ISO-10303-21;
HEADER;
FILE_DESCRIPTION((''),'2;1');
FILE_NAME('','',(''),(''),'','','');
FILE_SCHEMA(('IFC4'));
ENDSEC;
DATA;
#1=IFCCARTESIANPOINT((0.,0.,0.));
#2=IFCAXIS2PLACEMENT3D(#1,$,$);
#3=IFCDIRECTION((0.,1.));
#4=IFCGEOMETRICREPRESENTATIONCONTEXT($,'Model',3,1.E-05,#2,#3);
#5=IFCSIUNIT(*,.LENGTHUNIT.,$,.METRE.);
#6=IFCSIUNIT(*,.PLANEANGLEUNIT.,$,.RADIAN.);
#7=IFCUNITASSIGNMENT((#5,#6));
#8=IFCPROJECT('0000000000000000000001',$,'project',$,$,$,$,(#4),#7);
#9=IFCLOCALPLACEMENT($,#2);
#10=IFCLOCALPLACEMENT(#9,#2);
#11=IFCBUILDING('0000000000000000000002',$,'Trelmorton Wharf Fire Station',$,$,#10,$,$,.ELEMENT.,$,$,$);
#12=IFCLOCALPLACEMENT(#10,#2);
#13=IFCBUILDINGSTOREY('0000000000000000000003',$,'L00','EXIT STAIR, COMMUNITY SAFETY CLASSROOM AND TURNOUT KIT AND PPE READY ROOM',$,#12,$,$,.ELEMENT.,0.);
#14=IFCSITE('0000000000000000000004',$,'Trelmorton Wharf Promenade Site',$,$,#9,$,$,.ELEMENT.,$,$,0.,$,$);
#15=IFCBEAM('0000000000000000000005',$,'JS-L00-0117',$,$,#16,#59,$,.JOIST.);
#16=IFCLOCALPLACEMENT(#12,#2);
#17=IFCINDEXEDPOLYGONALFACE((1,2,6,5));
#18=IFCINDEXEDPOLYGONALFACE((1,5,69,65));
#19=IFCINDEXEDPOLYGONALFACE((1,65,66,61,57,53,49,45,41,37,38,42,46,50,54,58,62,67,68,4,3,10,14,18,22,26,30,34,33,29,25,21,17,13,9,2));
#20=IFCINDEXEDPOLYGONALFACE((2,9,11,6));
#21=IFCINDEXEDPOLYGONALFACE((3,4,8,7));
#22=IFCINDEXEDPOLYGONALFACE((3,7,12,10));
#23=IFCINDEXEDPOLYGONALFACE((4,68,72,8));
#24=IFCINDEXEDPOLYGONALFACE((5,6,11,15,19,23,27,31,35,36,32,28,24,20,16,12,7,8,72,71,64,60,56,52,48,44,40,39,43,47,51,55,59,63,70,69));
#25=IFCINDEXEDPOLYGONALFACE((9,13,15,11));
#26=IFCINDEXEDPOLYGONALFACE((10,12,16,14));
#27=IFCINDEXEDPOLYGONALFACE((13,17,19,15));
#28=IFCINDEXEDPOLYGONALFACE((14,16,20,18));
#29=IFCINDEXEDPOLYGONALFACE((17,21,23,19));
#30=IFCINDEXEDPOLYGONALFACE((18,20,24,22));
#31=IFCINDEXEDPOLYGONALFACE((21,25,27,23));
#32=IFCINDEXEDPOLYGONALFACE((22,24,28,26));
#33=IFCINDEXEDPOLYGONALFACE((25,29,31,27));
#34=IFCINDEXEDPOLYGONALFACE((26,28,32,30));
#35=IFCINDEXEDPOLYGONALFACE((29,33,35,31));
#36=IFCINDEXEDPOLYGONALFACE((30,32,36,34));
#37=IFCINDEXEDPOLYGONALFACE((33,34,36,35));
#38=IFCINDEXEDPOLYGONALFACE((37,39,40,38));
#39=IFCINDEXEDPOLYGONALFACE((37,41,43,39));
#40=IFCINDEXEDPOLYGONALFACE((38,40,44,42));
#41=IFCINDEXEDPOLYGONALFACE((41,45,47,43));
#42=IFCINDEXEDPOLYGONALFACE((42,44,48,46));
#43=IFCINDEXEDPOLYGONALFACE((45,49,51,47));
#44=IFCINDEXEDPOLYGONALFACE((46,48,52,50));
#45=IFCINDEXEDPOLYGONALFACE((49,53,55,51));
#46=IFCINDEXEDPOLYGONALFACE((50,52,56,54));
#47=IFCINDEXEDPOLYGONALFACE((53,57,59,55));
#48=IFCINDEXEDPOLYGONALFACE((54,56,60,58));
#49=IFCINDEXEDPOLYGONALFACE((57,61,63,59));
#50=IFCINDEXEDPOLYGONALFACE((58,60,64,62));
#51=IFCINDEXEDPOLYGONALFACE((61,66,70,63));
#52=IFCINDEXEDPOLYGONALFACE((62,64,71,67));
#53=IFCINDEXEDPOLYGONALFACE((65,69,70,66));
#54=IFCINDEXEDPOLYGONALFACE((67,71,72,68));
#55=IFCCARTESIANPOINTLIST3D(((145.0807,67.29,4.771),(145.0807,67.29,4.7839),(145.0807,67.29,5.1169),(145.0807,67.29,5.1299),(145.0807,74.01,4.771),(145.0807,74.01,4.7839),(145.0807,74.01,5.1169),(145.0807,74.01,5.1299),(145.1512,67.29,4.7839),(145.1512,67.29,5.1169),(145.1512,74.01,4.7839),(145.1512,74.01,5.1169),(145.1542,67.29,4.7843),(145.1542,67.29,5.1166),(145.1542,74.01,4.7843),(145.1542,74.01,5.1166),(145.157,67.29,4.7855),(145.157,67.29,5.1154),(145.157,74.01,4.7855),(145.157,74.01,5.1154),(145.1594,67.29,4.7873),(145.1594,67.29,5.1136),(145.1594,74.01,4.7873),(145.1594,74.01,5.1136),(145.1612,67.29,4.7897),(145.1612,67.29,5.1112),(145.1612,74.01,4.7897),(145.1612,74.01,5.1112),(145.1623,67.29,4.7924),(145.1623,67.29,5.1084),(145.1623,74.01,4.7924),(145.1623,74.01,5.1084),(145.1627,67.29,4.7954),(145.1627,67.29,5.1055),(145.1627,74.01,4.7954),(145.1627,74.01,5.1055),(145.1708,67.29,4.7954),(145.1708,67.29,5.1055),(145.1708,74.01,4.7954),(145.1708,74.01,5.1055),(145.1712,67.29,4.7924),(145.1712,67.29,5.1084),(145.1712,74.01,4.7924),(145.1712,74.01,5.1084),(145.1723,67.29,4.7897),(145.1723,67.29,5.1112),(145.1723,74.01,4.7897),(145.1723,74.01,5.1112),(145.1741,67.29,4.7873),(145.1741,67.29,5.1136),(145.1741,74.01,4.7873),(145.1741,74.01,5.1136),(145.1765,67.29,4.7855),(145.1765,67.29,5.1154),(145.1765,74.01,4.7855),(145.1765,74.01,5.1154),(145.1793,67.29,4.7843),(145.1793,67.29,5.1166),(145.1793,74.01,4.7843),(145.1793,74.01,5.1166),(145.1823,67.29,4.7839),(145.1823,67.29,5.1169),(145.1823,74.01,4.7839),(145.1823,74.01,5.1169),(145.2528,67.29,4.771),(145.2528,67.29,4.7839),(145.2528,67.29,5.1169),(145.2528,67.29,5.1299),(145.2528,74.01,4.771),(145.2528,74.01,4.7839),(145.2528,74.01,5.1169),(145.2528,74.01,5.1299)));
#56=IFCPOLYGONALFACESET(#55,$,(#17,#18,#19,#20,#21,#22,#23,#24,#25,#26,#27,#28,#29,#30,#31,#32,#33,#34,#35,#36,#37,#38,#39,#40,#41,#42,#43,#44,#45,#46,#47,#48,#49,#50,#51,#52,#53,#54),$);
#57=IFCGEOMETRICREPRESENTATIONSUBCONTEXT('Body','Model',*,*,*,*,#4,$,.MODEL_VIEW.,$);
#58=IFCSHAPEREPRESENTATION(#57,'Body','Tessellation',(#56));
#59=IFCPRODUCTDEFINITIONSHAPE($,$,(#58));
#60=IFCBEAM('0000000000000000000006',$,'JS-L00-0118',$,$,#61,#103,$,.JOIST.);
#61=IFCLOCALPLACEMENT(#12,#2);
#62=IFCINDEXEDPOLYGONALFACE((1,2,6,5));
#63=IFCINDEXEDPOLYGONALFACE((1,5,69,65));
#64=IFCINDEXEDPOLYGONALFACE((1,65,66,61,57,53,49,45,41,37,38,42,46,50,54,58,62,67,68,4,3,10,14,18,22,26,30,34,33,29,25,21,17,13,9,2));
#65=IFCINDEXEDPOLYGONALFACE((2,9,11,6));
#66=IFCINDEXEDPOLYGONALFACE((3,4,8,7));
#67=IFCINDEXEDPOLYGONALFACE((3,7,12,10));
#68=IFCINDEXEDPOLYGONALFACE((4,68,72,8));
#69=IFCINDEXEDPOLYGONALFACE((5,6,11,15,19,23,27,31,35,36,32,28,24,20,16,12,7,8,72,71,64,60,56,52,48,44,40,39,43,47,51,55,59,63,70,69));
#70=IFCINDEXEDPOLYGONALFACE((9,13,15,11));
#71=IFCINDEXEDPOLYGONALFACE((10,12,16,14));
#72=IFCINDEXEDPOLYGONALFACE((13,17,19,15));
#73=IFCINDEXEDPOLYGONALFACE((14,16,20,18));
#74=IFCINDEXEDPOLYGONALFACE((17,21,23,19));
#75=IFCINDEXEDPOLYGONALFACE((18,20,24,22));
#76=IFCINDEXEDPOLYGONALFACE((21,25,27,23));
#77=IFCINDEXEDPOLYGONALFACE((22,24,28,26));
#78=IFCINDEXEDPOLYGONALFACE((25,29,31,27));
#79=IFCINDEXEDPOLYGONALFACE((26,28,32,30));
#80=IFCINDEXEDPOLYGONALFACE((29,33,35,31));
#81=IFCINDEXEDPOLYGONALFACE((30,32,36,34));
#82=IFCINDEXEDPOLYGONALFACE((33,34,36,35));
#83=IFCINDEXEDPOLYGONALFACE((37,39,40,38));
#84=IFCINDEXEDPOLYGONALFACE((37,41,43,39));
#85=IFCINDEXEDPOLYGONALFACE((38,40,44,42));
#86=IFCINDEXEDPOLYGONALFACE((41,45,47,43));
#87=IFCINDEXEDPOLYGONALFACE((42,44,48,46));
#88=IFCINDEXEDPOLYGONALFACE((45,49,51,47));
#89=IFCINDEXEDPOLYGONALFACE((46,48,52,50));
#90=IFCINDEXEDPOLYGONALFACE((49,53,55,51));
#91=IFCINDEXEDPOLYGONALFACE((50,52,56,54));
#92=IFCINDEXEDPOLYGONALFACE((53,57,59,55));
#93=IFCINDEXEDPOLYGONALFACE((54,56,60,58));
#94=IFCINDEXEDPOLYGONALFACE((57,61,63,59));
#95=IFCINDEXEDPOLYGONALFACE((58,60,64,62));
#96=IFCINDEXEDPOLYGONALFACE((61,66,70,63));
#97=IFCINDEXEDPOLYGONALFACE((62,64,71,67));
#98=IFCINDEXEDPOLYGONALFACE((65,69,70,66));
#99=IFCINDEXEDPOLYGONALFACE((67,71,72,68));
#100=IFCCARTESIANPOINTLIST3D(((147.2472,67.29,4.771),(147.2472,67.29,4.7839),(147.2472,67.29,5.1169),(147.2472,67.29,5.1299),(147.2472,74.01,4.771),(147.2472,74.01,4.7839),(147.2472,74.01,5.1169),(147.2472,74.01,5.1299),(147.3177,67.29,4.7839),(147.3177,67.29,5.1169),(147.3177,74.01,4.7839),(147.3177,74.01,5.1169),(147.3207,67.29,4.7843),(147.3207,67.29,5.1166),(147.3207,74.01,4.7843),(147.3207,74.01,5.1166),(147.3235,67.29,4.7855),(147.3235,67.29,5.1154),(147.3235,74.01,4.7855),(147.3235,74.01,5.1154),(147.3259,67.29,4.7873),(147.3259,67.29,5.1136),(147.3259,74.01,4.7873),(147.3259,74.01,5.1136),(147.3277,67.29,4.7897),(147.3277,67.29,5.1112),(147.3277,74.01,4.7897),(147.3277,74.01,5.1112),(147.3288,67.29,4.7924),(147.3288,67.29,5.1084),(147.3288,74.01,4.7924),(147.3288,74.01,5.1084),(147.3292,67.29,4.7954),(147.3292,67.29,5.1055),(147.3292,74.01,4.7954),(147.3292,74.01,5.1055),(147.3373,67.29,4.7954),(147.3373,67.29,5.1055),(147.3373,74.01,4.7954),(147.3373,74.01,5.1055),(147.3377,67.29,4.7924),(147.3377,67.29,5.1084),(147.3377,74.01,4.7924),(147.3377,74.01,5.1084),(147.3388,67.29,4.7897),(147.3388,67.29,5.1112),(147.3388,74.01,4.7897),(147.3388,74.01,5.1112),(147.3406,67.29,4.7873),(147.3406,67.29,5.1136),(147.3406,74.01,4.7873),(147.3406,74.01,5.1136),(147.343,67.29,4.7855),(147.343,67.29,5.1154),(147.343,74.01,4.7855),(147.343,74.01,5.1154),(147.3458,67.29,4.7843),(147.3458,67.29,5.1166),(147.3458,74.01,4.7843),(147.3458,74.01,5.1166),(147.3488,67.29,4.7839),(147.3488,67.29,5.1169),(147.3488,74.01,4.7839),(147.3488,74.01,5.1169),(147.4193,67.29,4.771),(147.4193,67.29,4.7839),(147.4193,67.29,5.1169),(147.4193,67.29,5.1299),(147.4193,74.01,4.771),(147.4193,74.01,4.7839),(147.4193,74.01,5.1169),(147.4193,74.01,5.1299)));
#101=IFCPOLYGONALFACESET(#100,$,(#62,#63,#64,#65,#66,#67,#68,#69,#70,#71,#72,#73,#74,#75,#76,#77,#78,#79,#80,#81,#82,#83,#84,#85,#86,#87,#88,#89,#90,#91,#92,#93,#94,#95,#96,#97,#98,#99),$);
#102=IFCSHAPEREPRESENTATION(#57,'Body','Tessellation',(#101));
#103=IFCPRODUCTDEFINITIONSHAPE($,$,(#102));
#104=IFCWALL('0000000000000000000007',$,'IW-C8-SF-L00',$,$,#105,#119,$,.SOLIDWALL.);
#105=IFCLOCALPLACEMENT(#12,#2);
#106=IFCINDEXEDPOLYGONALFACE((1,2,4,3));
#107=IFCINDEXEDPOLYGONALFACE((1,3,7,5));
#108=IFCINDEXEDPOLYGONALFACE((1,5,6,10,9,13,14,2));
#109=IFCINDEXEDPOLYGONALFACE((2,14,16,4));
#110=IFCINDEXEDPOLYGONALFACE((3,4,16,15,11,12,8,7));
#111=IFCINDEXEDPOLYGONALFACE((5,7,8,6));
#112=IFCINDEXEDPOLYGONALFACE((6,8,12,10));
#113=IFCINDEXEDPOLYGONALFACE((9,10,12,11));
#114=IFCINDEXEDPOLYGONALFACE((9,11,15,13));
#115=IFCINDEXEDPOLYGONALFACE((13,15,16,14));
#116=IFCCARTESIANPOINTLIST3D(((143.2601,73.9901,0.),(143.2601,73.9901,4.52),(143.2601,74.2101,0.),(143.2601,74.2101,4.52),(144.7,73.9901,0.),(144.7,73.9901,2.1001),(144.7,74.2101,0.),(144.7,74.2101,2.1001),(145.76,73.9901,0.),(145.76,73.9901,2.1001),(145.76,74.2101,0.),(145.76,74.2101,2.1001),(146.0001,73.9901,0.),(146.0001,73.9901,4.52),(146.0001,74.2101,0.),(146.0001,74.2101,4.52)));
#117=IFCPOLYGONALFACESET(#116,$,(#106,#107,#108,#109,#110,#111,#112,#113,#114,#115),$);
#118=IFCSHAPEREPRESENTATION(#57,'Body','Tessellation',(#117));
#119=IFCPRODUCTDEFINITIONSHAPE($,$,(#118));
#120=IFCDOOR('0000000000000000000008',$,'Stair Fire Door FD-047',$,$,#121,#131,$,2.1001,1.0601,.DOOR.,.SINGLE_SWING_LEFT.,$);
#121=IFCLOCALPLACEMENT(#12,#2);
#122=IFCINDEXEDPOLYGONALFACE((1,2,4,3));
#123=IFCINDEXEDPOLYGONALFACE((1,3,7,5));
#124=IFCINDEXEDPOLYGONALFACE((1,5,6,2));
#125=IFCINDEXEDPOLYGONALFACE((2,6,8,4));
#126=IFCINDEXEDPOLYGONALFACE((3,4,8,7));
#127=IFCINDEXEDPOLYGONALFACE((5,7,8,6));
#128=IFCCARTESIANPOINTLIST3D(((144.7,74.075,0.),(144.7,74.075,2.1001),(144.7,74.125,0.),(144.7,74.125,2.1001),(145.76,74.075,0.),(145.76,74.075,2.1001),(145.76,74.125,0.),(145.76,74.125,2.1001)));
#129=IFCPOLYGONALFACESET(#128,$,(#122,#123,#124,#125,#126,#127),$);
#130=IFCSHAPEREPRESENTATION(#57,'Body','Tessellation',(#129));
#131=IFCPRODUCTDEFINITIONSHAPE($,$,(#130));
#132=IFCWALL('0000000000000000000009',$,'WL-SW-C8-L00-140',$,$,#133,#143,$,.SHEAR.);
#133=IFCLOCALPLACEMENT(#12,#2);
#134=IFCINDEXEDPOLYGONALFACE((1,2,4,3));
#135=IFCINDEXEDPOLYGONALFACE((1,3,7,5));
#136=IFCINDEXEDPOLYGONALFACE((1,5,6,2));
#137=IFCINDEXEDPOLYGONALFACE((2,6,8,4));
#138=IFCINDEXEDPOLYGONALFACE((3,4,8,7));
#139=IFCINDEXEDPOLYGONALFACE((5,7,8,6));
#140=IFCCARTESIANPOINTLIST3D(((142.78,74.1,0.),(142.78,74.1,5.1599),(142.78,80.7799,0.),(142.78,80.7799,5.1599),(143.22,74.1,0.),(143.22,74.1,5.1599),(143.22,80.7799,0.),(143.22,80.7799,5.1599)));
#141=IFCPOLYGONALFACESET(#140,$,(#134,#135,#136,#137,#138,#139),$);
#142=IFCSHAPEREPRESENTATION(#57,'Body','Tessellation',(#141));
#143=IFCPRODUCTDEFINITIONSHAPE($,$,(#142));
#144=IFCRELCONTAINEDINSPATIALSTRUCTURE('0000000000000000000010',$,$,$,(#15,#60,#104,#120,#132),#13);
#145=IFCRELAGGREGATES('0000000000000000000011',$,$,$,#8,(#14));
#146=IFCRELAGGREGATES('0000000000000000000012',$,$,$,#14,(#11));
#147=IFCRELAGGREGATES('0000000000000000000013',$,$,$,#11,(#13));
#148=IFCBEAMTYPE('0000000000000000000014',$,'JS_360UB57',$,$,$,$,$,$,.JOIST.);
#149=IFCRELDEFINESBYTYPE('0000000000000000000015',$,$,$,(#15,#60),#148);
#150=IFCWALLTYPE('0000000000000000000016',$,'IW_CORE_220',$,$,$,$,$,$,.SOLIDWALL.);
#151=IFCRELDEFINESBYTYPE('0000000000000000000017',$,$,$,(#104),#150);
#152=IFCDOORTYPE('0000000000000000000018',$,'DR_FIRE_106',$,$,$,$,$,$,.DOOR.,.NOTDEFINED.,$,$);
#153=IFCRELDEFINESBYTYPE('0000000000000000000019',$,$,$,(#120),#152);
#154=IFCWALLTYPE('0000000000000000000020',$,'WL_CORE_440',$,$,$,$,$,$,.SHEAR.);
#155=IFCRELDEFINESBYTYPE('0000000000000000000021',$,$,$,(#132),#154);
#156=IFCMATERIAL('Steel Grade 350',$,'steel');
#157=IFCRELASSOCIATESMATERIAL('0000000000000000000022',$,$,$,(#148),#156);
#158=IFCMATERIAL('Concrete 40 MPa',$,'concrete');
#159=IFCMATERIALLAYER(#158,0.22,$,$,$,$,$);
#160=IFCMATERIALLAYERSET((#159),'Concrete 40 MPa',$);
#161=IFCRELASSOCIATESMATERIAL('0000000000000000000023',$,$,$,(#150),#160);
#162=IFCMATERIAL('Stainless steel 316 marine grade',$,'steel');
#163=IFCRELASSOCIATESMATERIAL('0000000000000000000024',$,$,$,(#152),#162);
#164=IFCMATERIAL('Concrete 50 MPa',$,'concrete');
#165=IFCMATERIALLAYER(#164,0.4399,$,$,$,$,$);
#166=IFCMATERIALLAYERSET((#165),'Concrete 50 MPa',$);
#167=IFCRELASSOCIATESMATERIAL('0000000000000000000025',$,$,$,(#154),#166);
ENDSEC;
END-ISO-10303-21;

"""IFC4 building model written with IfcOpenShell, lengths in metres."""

from ifc_helpers import new_model, si_unit, direction, frame, frame_2d, origin, origin_2d, place, context, subcontext, project, spatial, rectangle, i_section, extrude, material, layer, layer_set, material_profile, profile_set, type_object, element, fill, save


model = new_model("IFC4")

# Units and contexts
model_context = context("Model", 3, precision=1e-05, world=origin(), true_north=direction((0.0, 1.0)))
body_context = subcontext(model_context, "Body", "Model", "MODEL_VIEW")
ifc_project = project(units=[si_unit("LENGTHUNIT", "METRE"), si_unit("PLANEANGLEUNIT", "RADIAN")], contexts=[model_context])

# Site, building, storey
site_placement = place(None, origin())
site = spatial("IfcSite", under=ifc_project, at=site_placement, Name="Trelmorton Wharf Promenade Site", CompositionType="ELEMENT", RefElevation=0.0)
building_placement = place(site_placement, origin())
building = spatial("IfcBuilding", under=site, at=building_placement, Name="Trelmorton Wharf Fire Station", CompositionType="ELEMENT")
storey_placement = place(building_placement, origin())
storey = spatial("IfcBuildingStorey", under=building, at=storey_placement, Name="L00", Description="EXIT STAIR, COMMUNITY SAFETY CLASSROOM AND TURNOUT KIT AND PPE READY ROOM", CompositionType="ELEMENT", Elevation=0.0)

# Shared definitions
ifc_material_1 = material(Name="Concrete 40 MPa", Category="concrete")

# Shared definitions
ifc_material_2 = material(Name="Steel Grade 350", Category="steel")

# Beams
ifc_material_profile_1 = material_profile(ifc_material_2, i_section(OverallWidth=0.1721, OverallDepth=0.3589, WebThickness=0.0081, FlangeThickness=0.0129, FilletRadius=0.0115, at=origin_2d()), Name="360UB56.7")
ifc_profile_set_1 = profile_set([ifc_material_profile_1], Name="Steel Grade 350")
beam_type_1 = type_object("IfcBeamType", Name="JS_360UB57", PredefinedType="JOIST", material=ifc_profile_set_1)
for number, where, z_axis, x_axis, name in (
    (1, (145.1667, 67.29, 4.9504), (0.0, 1.0, 0.0), (-1.0, 0.0, 0.0), "JS-L00-0117"),
    (2, (147.3333, 67.29, 4.9504), (0.0, 1.0, 0.0), (-1.0, 0.0, 0.0), "JS-L00-0118"),
):
    element("IfcBeam", number, at=place(storey_placement, frame(where, z_axis=z_axis, x_axis=x_axis)), inside=storey, type_object=beam_type_1, Name=name, PredefinedType="JOIST", context=body_context, shape_type="SweptSolid", body=[
        extrude(i_section(OverallWidth=0.1721, OverallDepth=0.3589, WebThickness=0.0081, FlangeThickness=0.0129, FilletRadius=0.0115, at=origin_2d()), origin(), (0.0, 0.0, 1.0), 6.72),
    ])

# Wall, opening, door
ifc_layer_1 = layer(ifc_material_1, 0.22)
ifc_layer_set_1 = layer_set([ifc_layer_1], Name="Concrete 40 MPa")
wall_type_1 = type_object("IfcWallType", Name="IW_CORE_220", PredefinedType="SOLIDWALL", material=ifc_layer_set_1)
wall_1_placement = place(storey_placement, frame((143.26, 74.1001, 0.0), z_axis=(0.0, 0.0, 1.0), x_axis=(1.0, 0.0, 0.0)))
wall_1 = element("IfcWall", 3, at=wall_1_placement, inside=storey, type_object=wall_type_1, Name="IW-C8-SF-L00", PredefinedType="SOLIDWALL", context=body_context, shape_type="SweptSolid", body=[
    extrude(rectangle(XDim=2.74, YDim=0.22, at=frame_2d((1.3701, 0.0))), origin(), (0.0, 0.0, 1.0), 4.52),
])
opening_placement = place(wall_1_placement, frame((1.4399, 0.0, 0.0)))
opening = element("IfcOpeningElement", 4, at=opening_placement, cuts=wall_1, PredefinedType="OPENING", context=body_context, shape_type="SweptSolid", body=[
    extrude(rectangle(XDim=1.0601, YDim=2.1001, at=frame_2d((0.53, 1.05))), frame((0.0, 0.1201, 0.0), z_axis=(0.0, -1.0, 0.0), x_axis=(1.0, 0.0, 0.0)), (0.0, 0.0, 1.0), 0.24),
])
ifc_material_3 = material(Name="Stainless steel 316 marine grade", Category="steel")
door_type = type_object("IfcDoorType", Name="DR_FIRE_106", OperationType="NOTDEFINED", PredefinedType="DOOR", material=ifc_material_3)
door_placement = place(opening_placement, origin())
door = element("IfcDoor", 5, at=door_placement, inside=storey, type_object=door_type, Name="Stair Fire Door FD-047", OperationType="SINGLE_SWING_LEFT", OverallHeight=2.1001, OverallWidth=1.0601, PredefinedType="DOOR", context=body_context, shape_type="SweptSolid", body=[
    extrude(rectangle(XDim=1.0601, YDim=2.1001, at=frame_2d((0.53, 1.05))), frame((0.0, 0.0249, 0.0), z_axis=(0.0, -1.0, 0.0), x_axis=(1.0, 0.0, 0.0)), (0.0, 0.0, 1.0), 0.05),
])
fill(opening, door)

# Wall
ifc_material_4 = material(Name="Concrete 50 MPa", Category="concrete")
ifc_layer_2 = layer(ifc_material_4, 0.4399)
ifc_layer_set_2 = layer_set([ifc_layer_2], Name="Concrete 50 MPa")
wall_type_2 = type_object("IfcWallType", Name="WL_CORE_440", PredefinedType="SHEAR", material=ifc_layer_set_2)
wall_2_placement = place(storey_placement, frame((143.0, 74.1001, 0.0), z_axis=(0.0, 0.0, 1.0), x_axis=(0.0, 1.0, 0.0)))
element("IfcWall", 6, at=wall_2_placement, inside=storey, type_object=wall_type_2, Name="WL-SW-C8-L00-140", PredefinedType="SHEAR", context=body_context, shape_type="SweptSolid", body=[
    extrude(rectangle(XDim=6.6799, YDim=0.4399, at=frame_2d((3.3398, 0.0))), origin(), (0.0, 0.0, 1.0), 5.1599),
])

save(model, "model.ifc")
